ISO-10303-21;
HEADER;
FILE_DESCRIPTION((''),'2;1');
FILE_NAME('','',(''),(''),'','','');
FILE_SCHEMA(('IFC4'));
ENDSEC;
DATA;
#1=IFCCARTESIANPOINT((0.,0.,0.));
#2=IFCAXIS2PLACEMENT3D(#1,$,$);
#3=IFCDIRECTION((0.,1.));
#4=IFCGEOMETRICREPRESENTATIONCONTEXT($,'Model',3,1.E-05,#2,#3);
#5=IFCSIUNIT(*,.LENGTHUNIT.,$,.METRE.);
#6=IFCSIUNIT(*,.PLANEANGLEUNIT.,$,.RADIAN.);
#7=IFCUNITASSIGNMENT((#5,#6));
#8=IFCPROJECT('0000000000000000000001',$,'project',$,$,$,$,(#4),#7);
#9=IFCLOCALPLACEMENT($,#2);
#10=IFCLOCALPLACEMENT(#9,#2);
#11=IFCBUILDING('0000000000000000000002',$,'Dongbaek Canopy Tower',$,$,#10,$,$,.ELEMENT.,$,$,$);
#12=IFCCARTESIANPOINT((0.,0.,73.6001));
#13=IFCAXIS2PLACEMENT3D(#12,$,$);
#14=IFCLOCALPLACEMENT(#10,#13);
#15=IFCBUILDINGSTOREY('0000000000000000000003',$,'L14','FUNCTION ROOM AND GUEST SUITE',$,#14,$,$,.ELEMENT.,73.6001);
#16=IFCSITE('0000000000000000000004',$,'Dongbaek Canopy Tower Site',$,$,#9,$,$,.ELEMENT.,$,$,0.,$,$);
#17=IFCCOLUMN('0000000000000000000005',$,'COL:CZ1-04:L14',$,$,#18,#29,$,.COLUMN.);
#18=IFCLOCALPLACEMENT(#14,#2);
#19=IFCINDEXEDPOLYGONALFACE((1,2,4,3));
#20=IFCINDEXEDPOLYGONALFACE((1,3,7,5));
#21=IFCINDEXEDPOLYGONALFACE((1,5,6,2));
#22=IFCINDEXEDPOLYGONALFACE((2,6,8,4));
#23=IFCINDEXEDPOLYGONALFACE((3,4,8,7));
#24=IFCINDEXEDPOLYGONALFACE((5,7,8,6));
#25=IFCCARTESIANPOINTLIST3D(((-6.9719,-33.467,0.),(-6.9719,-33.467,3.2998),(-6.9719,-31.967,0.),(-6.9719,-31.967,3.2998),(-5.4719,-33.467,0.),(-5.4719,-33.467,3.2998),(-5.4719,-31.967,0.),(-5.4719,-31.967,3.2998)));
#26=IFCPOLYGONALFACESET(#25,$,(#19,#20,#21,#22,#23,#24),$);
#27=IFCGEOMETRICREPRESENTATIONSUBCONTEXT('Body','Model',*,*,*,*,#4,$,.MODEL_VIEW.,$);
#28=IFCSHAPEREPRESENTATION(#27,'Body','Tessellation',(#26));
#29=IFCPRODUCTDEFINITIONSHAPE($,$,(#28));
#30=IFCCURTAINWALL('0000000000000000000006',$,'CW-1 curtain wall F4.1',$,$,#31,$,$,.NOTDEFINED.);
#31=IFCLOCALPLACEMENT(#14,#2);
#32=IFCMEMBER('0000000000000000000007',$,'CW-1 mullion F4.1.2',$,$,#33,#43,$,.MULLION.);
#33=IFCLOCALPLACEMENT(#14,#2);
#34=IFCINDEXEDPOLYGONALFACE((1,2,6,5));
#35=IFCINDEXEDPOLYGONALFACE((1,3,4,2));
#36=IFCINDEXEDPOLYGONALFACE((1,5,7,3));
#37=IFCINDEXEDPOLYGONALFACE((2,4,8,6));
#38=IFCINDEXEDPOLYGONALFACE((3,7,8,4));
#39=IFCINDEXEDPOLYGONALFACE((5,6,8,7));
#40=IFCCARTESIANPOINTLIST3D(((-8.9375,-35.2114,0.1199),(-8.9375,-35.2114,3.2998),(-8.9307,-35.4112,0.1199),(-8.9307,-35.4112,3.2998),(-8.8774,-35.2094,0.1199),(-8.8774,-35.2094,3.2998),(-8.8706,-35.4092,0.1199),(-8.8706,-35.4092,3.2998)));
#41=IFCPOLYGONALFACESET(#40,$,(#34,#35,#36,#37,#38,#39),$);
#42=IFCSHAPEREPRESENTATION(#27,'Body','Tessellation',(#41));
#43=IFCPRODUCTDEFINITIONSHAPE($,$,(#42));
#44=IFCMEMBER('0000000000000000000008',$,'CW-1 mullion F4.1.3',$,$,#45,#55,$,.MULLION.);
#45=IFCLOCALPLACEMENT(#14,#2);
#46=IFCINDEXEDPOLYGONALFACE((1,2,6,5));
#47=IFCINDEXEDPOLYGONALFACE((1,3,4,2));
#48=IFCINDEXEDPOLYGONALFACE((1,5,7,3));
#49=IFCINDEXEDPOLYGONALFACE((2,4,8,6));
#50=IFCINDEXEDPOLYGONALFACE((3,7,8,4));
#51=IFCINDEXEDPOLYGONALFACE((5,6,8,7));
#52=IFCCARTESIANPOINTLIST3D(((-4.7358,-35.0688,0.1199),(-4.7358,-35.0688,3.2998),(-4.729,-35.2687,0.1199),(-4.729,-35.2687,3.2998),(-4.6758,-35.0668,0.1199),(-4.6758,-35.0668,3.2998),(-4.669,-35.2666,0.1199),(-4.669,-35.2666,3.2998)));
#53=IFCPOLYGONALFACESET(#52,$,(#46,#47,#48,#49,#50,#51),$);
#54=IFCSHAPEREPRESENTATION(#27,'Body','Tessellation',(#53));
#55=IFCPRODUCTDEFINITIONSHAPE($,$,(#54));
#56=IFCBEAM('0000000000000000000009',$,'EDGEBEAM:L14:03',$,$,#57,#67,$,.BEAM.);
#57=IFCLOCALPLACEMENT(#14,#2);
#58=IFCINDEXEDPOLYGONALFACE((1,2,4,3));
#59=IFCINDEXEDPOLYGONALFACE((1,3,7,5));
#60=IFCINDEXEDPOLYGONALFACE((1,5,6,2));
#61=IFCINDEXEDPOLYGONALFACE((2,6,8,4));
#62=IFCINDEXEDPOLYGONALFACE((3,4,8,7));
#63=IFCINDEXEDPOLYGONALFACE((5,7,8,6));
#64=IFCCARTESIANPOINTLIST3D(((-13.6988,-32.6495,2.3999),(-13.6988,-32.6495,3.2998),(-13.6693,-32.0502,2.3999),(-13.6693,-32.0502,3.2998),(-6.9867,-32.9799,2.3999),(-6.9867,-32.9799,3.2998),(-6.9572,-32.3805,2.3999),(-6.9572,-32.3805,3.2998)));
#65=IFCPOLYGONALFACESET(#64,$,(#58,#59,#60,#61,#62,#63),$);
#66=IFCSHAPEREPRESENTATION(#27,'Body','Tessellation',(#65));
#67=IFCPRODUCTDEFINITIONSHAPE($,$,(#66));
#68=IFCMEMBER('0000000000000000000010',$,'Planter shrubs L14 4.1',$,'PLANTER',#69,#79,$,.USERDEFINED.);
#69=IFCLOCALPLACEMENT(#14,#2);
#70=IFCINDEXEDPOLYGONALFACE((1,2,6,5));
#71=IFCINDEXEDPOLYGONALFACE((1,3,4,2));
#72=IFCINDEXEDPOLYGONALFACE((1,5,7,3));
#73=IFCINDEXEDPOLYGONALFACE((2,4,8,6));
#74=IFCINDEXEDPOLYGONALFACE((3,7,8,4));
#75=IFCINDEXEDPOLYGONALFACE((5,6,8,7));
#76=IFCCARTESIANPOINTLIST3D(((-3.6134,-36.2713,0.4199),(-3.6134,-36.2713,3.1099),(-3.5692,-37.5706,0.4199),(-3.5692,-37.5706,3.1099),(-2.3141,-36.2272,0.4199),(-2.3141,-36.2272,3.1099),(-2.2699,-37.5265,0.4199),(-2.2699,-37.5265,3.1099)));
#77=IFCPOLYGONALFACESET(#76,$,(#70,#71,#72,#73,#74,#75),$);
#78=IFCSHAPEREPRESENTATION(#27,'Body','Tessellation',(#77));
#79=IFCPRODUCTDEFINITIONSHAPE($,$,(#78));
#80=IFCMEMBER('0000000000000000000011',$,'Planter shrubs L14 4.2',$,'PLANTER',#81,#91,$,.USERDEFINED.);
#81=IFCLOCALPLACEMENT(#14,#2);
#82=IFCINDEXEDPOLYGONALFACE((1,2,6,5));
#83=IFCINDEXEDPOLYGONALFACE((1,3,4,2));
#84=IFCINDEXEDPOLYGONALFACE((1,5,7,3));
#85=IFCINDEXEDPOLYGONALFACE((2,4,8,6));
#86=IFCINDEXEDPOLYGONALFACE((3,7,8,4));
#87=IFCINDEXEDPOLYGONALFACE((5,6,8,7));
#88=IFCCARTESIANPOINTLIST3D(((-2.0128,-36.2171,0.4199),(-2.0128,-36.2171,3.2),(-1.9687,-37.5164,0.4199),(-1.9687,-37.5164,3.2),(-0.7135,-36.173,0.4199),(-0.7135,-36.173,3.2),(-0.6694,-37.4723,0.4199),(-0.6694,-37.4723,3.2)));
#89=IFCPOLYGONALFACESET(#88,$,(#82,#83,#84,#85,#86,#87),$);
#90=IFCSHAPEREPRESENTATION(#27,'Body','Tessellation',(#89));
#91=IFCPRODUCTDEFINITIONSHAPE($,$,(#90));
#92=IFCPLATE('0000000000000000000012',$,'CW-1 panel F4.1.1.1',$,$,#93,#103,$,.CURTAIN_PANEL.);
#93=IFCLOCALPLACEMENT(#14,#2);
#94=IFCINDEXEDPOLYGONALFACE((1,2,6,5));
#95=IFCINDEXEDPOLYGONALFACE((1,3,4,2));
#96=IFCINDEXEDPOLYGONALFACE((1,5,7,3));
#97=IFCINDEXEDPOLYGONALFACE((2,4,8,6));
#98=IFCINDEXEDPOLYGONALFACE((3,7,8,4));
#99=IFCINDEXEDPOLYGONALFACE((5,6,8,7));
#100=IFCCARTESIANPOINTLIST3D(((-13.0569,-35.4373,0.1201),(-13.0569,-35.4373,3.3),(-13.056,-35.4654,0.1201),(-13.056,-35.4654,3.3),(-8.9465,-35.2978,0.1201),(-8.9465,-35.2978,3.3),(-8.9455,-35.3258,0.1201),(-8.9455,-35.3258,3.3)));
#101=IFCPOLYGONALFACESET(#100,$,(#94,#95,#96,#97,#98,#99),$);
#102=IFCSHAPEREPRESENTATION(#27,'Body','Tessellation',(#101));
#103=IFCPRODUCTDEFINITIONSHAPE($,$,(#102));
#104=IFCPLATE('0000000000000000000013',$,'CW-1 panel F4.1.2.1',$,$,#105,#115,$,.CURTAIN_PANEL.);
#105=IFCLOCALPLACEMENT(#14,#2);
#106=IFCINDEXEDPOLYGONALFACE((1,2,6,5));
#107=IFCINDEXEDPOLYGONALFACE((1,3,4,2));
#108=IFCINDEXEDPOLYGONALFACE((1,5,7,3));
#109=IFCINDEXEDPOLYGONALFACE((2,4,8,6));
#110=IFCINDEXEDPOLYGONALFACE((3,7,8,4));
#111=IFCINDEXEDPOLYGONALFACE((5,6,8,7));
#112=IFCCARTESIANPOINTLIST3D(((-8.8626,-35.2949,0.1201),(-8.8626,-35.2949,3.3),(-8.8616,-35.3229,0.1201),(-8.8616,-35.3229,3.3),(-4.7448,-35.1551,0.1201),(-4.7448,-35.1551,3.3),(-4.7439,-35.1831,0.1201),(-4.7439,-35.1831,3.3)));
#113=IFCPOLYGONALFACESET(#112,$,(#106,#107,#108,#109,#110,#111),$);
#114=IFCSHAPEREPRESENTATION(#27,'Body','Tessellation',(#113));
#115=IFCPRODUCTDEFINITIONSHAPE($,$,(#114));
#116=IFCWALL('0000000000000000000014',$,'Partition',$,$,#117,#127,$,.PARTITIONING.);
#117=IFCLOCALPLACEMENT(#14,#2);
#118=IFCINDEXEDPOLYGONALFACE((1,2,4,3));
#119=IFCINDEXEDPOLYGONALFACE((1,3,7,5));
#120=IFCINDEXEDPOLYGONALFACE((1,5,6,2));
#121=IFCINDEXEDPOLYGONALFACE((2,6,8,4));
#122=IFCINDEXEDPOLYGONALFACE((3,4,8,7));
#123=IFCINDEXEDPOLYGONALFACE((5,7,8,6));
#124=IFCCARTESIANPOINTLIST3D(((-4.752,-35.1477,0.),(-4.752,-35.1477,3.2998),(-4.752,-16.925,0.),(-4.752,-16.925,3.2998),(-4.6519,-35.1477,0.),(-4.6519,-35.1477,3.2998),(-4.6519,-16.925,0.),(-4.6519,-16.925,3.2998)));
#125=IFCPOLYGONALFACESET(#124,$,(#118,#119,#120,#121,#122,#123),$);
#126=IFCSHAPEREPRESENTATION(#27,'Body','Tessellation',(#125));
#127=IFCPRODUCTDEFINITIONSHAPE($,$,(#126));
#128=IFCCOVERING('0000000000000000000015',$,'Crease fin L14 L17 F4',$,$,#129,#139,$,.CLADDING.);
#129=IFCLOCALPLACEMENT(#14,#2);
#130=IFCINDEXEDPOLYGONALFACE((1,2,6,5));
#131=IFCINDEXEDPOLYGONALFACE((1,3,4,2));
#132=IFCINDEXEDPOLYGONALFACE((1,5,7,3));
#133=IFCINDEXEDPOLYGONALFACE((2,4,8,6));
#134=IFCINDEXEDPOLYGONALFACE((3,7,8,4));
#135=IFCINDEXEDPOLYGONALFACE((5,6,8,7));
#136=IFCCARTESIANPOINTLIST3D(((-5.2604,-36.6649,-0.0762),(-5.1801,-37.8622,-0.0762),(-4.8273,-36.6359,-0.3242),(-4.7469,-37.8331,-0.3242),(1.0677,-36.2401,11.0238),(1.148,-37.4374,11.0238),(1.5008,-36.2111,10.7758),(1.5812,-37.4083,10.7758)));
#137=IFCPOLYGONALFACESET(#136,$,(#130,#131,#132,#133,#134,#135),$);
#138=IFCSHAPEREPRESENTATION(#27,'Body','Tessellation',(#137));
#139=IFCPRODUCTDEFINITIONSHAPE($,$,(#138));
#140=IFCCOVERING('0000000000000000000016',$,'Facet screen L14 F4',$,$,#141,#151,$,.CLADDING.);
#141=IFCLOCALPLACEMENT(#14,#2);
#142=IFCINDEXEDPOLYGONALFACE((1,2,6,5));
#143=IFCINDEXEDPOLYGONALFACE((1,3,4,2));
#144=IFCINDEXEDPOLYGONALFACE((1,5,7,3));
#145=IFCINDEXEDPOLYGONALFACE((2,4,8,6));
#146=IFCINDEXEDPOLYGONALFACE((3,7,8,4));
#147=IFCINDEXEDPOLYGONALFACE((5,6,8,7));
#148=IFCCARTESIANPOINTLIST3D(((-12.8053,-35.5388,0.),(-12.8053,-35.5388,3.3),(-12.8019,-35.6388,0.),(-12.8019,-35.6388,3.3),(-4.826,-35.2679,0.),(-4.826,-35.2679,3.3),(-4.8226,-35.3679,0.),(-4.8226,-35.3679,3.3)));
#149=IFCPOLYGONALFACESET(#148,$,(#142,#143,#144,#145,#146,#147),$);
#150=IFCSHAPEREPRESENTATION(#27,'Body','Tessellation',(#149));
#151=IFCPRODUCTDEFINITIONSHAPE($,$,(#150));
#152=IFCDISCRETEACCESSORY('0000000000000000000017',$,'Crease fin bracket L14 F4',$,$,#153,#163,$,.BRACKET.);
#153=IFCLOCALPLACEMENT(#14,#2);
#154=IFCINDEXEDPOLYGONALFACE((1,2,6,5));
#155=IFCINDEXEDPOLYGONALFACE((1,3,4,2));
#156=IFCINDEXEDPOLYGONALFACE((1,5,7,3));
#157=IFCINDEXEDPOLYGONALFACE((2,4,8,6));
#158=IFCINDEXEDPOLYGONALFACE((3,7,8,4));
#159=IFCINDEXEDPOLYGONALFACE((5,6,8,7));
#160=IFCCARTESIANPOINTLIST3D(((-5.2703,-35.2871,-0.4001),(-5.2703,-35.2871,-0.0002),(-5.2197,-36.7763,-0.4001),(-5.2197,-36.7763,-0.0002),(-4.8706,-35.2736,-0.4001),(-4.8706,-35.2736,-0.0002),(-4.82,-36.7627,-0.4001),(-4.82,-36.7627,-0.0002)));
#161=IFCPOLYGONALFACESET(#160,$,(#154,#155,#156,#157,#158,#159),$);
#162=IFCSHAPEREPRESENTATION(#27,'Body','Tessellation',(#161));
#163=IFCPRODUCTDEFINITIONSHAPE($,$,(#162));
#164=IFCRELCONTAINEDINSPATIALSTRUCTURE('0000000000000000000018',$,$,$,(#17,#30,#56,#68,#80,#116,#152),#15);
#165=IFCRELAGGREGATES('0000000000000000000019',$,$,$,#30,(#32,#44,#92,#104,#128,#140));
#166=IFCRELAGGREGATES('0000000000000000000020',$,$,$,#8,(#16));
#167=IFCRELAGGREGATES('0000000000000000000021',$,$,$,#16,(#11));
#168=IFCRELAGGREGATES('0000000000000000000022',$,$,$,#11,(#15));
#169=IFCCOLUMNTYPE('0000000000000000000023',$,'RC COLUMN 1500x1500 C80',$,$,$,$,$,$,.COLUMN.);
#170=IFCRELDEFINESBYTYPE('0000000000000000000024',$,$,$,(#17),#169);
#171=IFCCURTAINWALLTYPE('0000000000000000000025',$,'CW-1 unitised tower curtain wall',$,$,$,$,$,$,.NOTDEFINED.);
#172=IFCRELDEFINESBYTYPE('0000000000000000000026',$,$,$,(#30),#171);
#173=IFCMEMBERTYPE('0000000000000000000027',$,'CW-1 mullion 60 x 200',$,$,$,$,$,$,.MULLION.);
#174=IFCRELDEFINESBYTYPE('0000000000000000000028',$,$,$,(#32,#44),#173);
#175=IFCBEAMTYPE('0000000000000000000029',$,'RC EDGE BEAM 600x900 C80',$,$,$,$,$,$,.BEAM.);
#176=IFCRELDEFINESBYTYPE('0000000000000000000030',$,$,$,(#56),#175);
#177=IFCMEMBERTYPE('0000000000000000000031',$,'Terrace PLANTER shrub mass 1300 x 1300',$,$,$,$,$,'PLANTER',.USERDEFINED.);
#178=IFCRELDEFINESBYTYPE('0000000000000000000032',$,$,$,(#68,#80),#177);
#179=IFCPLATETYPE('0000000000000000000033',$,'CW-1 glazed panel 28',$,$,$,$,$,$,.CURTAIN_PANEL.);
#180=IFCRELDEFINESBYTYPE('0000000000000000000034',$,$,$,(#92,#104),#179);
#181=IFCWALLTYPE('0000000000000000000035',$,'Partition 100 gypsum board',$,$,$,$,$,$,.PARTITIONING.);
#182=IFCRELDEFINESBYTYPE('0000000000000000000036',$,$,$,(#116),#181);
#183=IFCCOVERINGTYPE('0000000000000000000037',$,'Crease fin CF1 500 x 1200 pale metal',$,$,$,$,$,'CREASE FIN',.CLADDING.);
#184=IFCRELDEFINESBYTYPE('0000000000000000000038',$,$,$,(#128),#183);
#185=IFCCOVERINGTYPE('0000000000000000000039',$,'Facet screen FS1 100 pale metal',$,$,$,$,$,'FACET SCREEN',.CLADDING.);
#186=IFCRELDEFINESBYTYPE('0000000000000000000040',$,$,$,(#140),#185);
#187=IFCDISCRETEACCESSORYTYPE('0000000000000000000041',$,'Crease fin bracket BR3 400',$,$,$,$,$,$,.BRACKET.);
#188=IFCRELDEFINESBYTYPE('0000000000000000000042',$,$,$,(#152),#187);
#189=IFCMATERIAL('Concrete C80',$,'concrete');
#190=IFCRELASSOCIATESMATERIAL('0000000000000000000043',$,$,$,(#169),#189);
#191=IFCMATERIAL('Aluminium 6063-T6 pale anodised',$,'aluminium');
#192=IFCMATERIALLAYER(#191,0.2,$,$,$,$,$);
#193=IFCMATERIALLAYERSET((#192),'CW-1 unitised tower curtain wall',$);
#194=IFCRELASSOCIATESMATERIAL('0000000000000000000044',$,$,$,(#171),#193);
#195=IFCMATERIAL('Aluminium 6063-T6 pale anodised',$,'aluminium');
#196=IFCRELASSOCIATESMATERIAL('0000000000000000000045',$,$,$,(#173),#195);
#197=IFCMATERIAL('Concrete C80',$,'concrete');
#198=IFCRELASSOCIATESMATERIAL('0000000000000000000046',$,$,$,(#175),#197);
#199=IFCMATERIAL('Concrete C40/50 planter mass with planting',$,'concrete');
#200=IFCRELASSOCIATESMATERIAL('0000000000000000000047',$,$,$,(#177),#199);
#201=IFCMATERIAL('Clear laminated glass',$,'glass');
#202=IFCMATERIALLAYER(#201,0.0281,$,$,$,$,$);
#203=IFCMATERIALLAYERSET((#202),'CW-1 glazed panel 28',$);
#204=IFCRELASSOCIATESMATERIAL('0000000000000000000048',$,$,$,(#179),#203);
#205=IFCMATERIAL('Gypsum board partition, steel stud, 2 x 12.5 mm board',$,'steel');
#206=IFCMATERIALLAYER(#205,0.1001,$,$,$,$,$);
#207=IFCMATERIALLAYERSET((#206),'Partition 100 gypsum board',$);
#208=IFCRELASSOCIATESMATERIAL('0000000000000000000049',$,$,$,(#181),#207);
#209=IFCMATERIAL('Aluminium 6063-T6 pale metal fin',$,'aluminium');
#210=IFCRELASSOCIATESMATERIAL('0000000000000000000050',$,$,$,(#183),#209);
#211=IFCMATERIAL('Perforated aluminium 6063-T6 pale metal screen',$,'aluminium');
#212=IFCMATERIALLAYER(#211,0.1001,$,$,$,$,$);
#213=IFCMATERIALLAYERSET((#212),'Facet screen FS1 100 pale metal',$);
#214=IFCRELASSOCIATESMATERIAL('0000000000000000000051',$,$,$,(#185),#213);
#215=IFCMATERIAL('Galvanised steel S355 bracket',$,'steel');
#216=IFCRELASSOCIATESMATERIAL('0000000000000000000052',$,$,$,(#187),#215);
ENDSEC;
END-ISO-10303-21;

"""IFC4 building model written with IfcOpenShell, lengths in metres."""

from ifc_helpers import new_model, si_unit, direction, frame, frame_2d, origin, origin_2d, place, context, subcontext, project, spatial, rectangle, extrude, material, layer, layer_set, material_profile, profile_set, type_object, element, aggregate, save


model = new_model("IFC4")

# Units and contexts
model_context = context("Model", 3, precision=1e-05, world=origin(), true_north=direction((0.0, 1.0)))
body_context = subcontext(model_context, "Body", "Model", "MODEL_VIEW")
ifc_project = project(units=[si_unit("LENGTHUNIT", "METRE"), si_unit("PLANEANGLEUNIT", "RADIAN")], contexts=[model_context])

# Site, building, storey
site_placement = place(None, origin())
site = spatial("IfcSite", under=ifc_project, at=site_placement, Name="Dongbaek Canopy Tower Site", CompositionType="ELEMENT", RefElevation=0.0)
building_placement = place(site_placement, origin())
building = spatial("IfcBuilding", under=site, at=building_placement, Name="Dongbaek Canopy Tower", CompositionType="ELEMENT")
storey_placement = place(building_placement, frame((0.0, 0.0, 73.6001)))
storey = spatial("IfcBuildingStorey", under=building, at=storey_placement, Name="L14", Description="FUNCTION ROOM AND GUEST SUITE", CompositionType="ELEMENT", Elevation=73.6001)

# Column
ifc_material_1 = material(Name="Concrete C80", Category="concrete")
ifc_material_profile_1 = material_profile(ifc_material_1, rectangle(XDim=1.5, YDim=1.5, at=origin_2d()), Name="RC COLUMN 1500x1500 C80")
ifc_profile_set_1 = profile_set([ifc_material_profile_1], Name="Concrete C80")
column_type = type_object("IfcColumnType", Name="RC COLUMN 1500x1500 C80", PredefinedType="COLUMN", material=ifc_profile_set_1)
column_placement = place(storey_placement, frame((-6.2219, -32.717, 0.0), z_axis=(0.0, 0.0, 1.0), x_axis=(1.0, 0.0, 0.0)))
element("IfcColumn", 1, at=column_placement, inside=storey, type_object=column_type, Name="COL:CZ1-04:L14", PredefinedType="COLUMN", context=body_context, shape_type="SweptSolid", body=[
    extrude(rectangle(XDim=1.5, YDim=1.5, at=origin_2d()), origin(), (0.0, 0.0, 1.0), 3.2998),
])

# Curtain wall, members
ifc_material_2 = material(Name="Aluminium 6063-T6 pale anodised", Category="aluminium")
ifc_layer_1 = layer(ifc_material_2, 0.2)
ifc_layer_set_1 = layer_set([ifc_layer_1], Name="CW-1 unitised tower curtain wall")
curtain_wall_type = type_object("IfcCurtainWallType", Name="CW-1 unitised tower curtain wall", PredefinedType="NOTDEFINED", material=ifc_layer_set_1)
curtain_wall_placement = place(storey_placement, origin())
curtain_wall = element("IfcCurtainWall", 2, at=curtain_wall_placement, inside=storey, type_object=curtain_wall_type, Name="CW-1 curtain wall F4.1", PredefinedType="NOTDEFINED")
ifc_material_3 = material(Name="Aluminium 6063-T6 pale anodised", Category="aluminium")
ifc_material_profile_2 = material_profile(ifc_material_3, rectangle(XDim=0.2, YDim=0.0601, at=origin_2d()), Name="CW-1 mullion 60 x 200")
ifc_profile_set_2 = profile_set([ifc_material_profile_2], Name="Aluminium 6063-T6 pale anodised")
member_type_1 = type_object("IfcMemberType", Name="CW-1 mullion 60 x 200", PredefinedType="MULLION", material=ifc_profile_set_2)
member_1_placement = place(storey_placement, frame((-8.9041, -35.3103, 0.1199), z_axis=(0.0, 0.0, 1.0), x_axis=(0.033933, -0.999424, 0.0)))
member_1 = element("IfcMember", 3, at=member_1_placement, type_object=member_type_1, Name="CW-1 mullion F4.1.2", PredefinedType="MULLION", context=body_context, shape_type="SweptSolid", body=[
    extrude(rectangle(XDim=0.2, YDim=0.0601, at=origin_2d()), origin(), (0.0, 0.0, 1.0), 3.1799),
])
member_2_placement = place(storey_placement, frame((-4.7024, -35.1677, 0.1199), z_axis=(0.0, 0.0, 1.0), x_axis=(0.033933, -0.999424, 0.0)))
member_2 = element("IfcMember", 4, at=member_2_placement, type_object=member_type_1, Name="CW-1 mullion F4.1.3", PredefinedType="MULLION", context=body_context, shape_type="SweptSolid", body=[
    extrude(rectangle(XDim=0.2, YDim=0.0601, at=origin_2d()), origin(), (0.0, 0.0, 1.0), 3.1799),
])

# Beam
ifc_material_4 = material(Name="Concrete C80", Category="concrete")
ifc_material_profile_3 = material_profile(ifc_material_4, rectangle(XDim=0.6001, YDim=0.8999, at=origin_2d()), Name="RC EDGE BEAM 600x900 C80")
ifc_profile_set_3 = profile_set([ifc_material_profile_3], Name="Concrete C80")
beam_type = type_object("IfcBeamType", Name="RC EDGE BEAM 600x900 C80", PredefinedType="BEAM", material=ifc_profile_set_3)
beam_placement = place(storey_placement, frame((-6.9719, -32.6802, 2.8499), z_axis=(-0.998791, 0.049153, 0.0), x_axis=(-0.049153, -0.998791, 0.0)))
element("IfcBeam", 5, at=beam_placement, inside=storey, type_object=beam_type, Name="EDGEBEAM:L14:03", PredefinedType="BEAM", context=body_context, shape_type="SweptSolid", body=[
    extrude(rectangle(XDim=0.6001, YDim=0.8999, at=origin_2d()), origin(), (0.0, 0.0, 1.0), 6.7202),
])

# Members
ifc_material_5 = material(Name="Concrete C40/50 planter mass with planting", Category="concrete")
ifc_material_profile_4 = material_profile(ifc_material_5, rectangle(XDim=1.3, YDim=1.3, at=origin_2d()), Name="Terrace PLANTER shrub mass 1300 x 1300")
ifc_profile_set_4 = profile_set([ifc_material_profile_4], Name="Concrete C40/50 planter mass with planting")
member_type_2 = type_object("IfcMemberType", Name="Terrace PLANTER shrub mass 1300 x 1300", ElementType="PLANTER", PredefinedType="USERDEFINED", material=ifc_profile_set_4)
member_3_placement = place(storey_placement, frame((-2.9417, -36.8989, 0.4199), z_axis=(0.0, 0.0, 1.0), x_axis=(0.033933, -0.999424, 0.0)))
element("IfcMember", 6, at=member_3_placement, inside=storey, type_object=member_type_2, Name="Planter shrubs L14 4.1", ObjectType="PLANTER", PredefinedType="USERDEFINED", context=body_context, shape_type="SweptSolid", body=[
    extrude(rectangle(XDim=1.3, YDim=1.3, at=origin_2d()), origin(), (0.0, 0.0, 1.0), 2.6899),
])
member_4_placement = place(storey_placement, frame((-1.3411, -36.8447, 0.4199), z_axis=(0.0, 0.0, 1.0), x_axis=(0.033933, -0.999424, 0.0)))
element("IfcMember", 7, at=member_4_placement, inside=storey, type_object=member_type_2, Name="Planter shrubs L14 4.2", ObjectType="PLANTER", PredefinedType="USERDEFINED", context=body_context, shape_type="SweptSolid", body=[
    extrude(rectangle(XDim=1.3, YDim=1.3, at=origin_2d()), origin(), (0.0, 0.0, 1.0), 2.78),
])

# Plates
ifc_material_6 = material(Name="Clear laminated glass", Category="glass")
ifc_layer_2 = layer(ifc_material_6, 0.0281)
ifc_layer_set_2 = layer_set([ifc_layer_2], Name="CW-1 glazed panel 28")
plate_type = type_object("IfcPlateType", Name="CW-1 glazed panel 28", PredefinedType="CURTAIN_PANEL", material=ifc_layer_set_2)
plate_1_placement = place(storey_placement, frame((-11.0012, -35.3816, 0.1201), z_axis=(0.0, 0.0, 1.0), x_axis=(0.999424, 0.033933, 0.0)))
plate_1 = element("IfcPlate", 8, at=plate_1_placement, type_object=plate_type, Name="CW-1 panel F4.1.1.1", PredefinedType="CURTAIN_PANEL", context=body_context, shape_type="SweptSolid", body=[
    extrude(rectangle(XDim=4.1128, YDim=0.0281, at=origin_2d()), origin(), (0.0, 0.0, 1.0), 3.1799),
])
plate_2_placement = place(storey_placement, frame((-6.8032, -35.239, 0.1201), z_axis=(0.0, 0.0, 1.0), x_axis=(0.999424, 0.033933, 0.0)))
plate_2 = element("IfcPlate", 9, at=plate_2_placement, type_object=plate_type, Name="CW-1 panel F4.1.2.1", PredefinedType="CURTAIN_PANEL", context=body_context, shape_type="SweptSolid", body=[
    extrude(rectangle(XDim=4.1201, YDim=0.0281, at=origin_2d()), origin(), (0.0, 0.0, 1.0), 3.1799),
])

# Wall
ifc_material_7 = material(Name="Gypsum board partition, steel stud, 2 x 12.5 mm board", Category="steel")
ifc_layer_3 = layer(ifc_material_7, 0.1001)
ifc_layer_set_3 = layer_set([ifc_layer_3], Name="Partition 100 gypsum board")
wall_type_1 = type_object("IfcWallType", Name="Partition 100 gypsum board", PredefinedType="PARTITIONING", material=ifc_layer_set_3)
wall_1_placement = place(storey_placement, frame((-4.7019, -35.1477, 0.0), z_axis=(0.0, 0.0, 1.0), x_axis=(0.0, 1.0, 0.0)))
element("IfcWall", 10, at=wall_1_placement, inside=storey, type_object=wall_type_1, Name="Partition", PredefinedType="PARTITIONING", context=body_context, shape_type="SweptSolid", body=[
    extrude(rectangle(XDim=18.2227, YDim=0.1001, at=frame_2d((9.1113, 0.0))), origin(), (0.0, 0.0, 1.0), 3.2998),
])

# Coverings
ifc_material_8 = material(Name="Aluminium 6063-T6 pale metal fin", Category="aluminium")
ifc_material_profile_5 = material_profile(ifc_material_8, rectangle(XDim=1.2, YDim=0.5, at=origin_2d()), Name="Crease fin CF1 500 x 1200 pale metal")
ifc_profile_set_5 = profile_set([ifc_material_profile_5], Name="Aluminium 6063-T6 pale metal fin")
covering_type_1 = type_object("IfcCoveringType", Name="Crease fin CF1 500 x 1200 pale metal", ElementType="CREASE FIN", PredefinedType="CLADDING", material=ifc_profile_set_5)
covering_1_placement = place(storey_placement, frame((-5.0037, -37.249, -0.2002), z_axis=(0.494993, 0.033229, 0.868262), x_axis=(-0.066979, 0.997754, 0.0)))
covering_1 = element("IfcCovering", 11, at=covering_1_placement, type_object=covering_type_1, Name="Crease fin L14 L17 F4", PredefinedType="CLADDING", context=body_context, shape_type="SweptSolid", body=[
    extrude(rectangle(XDim=1.2, YDim=0.5, at=origin_2d()), origin(), (0.0, 0.0, 1.0), 12.7842),
])
ifc_material_9 = material(Name="Perforated aluminium 6063-T6 pale metal screen", Category="aluminium")
ifc_layer_4 = layer(ifc_material_9, 0.1001)
ifc_layer_set_4 = layer_set([ifc_layer_4], Name="Facet screen FS1 100 pale metal")
covering_type_2 = type_object("IfcCoveringType", Name="Facet screen FS1 100 pale metal", ElementType="FACET SCREEN", PredefinedType="CLADDING", material=ifc_layer_set_4)
covering_2_placement = place(storey_placement, frame((-8.814, -35.4534, 0.0), z_axis=(0.0, 0.0, 1.0), x_axis=(0.999424, 0.033933, 0.0)))
covering_2 = element("IfcCovering", 12, at=covering_2_placement, type_object=covering_type_2, Name="Facet screen L14 F4", PredefinedType="CLADDING", context=body_context, shape_type="SweptSolid", body=[
    extrude(rectangle(XDim=7.9839, YDim=0.1001, at=origin_2d()), origin(), (0.0, 0.0, 1.0), 3.3),
])
aggregate(curtain_wall, [member_1, member_2, plate_1, plate_2, covering_1, covering_2])

# Discrete accessory
ifc_material_10 = material(Name="Galvanised steel S355 bracket", Category="steel")
discrete_accessory_type = type_object("IfcDiscreteAccessoryType", Name="Crease fin bracket BR3 400", PredefinedType="BRACKET", material=ifc_material_10)
discrete_accessory_placement = place(storey_placement, frame((-5.0452, -36.0249, -0.4001), z_axis=(0.0, 0.0, 1.0), x_axis=(0.033933, -0.999424, 0.0)))
element("IfcDiscreteAccessory", 13, at=discrete_accessory_placement, inside=storey, type_object=discrete_accessory_type, Name="Crease fin bracket L14 F4", PredefinedType="BRACKET", context=body_context, shape_type="SweptSolid", body=[
    extrude(rectangle(XDim=1.49, YDim=0.3999, at=origin_2d()), origin(), (0.0, 0.0, 1.0), 0.3999),
])

save(model, "model.ifc")
